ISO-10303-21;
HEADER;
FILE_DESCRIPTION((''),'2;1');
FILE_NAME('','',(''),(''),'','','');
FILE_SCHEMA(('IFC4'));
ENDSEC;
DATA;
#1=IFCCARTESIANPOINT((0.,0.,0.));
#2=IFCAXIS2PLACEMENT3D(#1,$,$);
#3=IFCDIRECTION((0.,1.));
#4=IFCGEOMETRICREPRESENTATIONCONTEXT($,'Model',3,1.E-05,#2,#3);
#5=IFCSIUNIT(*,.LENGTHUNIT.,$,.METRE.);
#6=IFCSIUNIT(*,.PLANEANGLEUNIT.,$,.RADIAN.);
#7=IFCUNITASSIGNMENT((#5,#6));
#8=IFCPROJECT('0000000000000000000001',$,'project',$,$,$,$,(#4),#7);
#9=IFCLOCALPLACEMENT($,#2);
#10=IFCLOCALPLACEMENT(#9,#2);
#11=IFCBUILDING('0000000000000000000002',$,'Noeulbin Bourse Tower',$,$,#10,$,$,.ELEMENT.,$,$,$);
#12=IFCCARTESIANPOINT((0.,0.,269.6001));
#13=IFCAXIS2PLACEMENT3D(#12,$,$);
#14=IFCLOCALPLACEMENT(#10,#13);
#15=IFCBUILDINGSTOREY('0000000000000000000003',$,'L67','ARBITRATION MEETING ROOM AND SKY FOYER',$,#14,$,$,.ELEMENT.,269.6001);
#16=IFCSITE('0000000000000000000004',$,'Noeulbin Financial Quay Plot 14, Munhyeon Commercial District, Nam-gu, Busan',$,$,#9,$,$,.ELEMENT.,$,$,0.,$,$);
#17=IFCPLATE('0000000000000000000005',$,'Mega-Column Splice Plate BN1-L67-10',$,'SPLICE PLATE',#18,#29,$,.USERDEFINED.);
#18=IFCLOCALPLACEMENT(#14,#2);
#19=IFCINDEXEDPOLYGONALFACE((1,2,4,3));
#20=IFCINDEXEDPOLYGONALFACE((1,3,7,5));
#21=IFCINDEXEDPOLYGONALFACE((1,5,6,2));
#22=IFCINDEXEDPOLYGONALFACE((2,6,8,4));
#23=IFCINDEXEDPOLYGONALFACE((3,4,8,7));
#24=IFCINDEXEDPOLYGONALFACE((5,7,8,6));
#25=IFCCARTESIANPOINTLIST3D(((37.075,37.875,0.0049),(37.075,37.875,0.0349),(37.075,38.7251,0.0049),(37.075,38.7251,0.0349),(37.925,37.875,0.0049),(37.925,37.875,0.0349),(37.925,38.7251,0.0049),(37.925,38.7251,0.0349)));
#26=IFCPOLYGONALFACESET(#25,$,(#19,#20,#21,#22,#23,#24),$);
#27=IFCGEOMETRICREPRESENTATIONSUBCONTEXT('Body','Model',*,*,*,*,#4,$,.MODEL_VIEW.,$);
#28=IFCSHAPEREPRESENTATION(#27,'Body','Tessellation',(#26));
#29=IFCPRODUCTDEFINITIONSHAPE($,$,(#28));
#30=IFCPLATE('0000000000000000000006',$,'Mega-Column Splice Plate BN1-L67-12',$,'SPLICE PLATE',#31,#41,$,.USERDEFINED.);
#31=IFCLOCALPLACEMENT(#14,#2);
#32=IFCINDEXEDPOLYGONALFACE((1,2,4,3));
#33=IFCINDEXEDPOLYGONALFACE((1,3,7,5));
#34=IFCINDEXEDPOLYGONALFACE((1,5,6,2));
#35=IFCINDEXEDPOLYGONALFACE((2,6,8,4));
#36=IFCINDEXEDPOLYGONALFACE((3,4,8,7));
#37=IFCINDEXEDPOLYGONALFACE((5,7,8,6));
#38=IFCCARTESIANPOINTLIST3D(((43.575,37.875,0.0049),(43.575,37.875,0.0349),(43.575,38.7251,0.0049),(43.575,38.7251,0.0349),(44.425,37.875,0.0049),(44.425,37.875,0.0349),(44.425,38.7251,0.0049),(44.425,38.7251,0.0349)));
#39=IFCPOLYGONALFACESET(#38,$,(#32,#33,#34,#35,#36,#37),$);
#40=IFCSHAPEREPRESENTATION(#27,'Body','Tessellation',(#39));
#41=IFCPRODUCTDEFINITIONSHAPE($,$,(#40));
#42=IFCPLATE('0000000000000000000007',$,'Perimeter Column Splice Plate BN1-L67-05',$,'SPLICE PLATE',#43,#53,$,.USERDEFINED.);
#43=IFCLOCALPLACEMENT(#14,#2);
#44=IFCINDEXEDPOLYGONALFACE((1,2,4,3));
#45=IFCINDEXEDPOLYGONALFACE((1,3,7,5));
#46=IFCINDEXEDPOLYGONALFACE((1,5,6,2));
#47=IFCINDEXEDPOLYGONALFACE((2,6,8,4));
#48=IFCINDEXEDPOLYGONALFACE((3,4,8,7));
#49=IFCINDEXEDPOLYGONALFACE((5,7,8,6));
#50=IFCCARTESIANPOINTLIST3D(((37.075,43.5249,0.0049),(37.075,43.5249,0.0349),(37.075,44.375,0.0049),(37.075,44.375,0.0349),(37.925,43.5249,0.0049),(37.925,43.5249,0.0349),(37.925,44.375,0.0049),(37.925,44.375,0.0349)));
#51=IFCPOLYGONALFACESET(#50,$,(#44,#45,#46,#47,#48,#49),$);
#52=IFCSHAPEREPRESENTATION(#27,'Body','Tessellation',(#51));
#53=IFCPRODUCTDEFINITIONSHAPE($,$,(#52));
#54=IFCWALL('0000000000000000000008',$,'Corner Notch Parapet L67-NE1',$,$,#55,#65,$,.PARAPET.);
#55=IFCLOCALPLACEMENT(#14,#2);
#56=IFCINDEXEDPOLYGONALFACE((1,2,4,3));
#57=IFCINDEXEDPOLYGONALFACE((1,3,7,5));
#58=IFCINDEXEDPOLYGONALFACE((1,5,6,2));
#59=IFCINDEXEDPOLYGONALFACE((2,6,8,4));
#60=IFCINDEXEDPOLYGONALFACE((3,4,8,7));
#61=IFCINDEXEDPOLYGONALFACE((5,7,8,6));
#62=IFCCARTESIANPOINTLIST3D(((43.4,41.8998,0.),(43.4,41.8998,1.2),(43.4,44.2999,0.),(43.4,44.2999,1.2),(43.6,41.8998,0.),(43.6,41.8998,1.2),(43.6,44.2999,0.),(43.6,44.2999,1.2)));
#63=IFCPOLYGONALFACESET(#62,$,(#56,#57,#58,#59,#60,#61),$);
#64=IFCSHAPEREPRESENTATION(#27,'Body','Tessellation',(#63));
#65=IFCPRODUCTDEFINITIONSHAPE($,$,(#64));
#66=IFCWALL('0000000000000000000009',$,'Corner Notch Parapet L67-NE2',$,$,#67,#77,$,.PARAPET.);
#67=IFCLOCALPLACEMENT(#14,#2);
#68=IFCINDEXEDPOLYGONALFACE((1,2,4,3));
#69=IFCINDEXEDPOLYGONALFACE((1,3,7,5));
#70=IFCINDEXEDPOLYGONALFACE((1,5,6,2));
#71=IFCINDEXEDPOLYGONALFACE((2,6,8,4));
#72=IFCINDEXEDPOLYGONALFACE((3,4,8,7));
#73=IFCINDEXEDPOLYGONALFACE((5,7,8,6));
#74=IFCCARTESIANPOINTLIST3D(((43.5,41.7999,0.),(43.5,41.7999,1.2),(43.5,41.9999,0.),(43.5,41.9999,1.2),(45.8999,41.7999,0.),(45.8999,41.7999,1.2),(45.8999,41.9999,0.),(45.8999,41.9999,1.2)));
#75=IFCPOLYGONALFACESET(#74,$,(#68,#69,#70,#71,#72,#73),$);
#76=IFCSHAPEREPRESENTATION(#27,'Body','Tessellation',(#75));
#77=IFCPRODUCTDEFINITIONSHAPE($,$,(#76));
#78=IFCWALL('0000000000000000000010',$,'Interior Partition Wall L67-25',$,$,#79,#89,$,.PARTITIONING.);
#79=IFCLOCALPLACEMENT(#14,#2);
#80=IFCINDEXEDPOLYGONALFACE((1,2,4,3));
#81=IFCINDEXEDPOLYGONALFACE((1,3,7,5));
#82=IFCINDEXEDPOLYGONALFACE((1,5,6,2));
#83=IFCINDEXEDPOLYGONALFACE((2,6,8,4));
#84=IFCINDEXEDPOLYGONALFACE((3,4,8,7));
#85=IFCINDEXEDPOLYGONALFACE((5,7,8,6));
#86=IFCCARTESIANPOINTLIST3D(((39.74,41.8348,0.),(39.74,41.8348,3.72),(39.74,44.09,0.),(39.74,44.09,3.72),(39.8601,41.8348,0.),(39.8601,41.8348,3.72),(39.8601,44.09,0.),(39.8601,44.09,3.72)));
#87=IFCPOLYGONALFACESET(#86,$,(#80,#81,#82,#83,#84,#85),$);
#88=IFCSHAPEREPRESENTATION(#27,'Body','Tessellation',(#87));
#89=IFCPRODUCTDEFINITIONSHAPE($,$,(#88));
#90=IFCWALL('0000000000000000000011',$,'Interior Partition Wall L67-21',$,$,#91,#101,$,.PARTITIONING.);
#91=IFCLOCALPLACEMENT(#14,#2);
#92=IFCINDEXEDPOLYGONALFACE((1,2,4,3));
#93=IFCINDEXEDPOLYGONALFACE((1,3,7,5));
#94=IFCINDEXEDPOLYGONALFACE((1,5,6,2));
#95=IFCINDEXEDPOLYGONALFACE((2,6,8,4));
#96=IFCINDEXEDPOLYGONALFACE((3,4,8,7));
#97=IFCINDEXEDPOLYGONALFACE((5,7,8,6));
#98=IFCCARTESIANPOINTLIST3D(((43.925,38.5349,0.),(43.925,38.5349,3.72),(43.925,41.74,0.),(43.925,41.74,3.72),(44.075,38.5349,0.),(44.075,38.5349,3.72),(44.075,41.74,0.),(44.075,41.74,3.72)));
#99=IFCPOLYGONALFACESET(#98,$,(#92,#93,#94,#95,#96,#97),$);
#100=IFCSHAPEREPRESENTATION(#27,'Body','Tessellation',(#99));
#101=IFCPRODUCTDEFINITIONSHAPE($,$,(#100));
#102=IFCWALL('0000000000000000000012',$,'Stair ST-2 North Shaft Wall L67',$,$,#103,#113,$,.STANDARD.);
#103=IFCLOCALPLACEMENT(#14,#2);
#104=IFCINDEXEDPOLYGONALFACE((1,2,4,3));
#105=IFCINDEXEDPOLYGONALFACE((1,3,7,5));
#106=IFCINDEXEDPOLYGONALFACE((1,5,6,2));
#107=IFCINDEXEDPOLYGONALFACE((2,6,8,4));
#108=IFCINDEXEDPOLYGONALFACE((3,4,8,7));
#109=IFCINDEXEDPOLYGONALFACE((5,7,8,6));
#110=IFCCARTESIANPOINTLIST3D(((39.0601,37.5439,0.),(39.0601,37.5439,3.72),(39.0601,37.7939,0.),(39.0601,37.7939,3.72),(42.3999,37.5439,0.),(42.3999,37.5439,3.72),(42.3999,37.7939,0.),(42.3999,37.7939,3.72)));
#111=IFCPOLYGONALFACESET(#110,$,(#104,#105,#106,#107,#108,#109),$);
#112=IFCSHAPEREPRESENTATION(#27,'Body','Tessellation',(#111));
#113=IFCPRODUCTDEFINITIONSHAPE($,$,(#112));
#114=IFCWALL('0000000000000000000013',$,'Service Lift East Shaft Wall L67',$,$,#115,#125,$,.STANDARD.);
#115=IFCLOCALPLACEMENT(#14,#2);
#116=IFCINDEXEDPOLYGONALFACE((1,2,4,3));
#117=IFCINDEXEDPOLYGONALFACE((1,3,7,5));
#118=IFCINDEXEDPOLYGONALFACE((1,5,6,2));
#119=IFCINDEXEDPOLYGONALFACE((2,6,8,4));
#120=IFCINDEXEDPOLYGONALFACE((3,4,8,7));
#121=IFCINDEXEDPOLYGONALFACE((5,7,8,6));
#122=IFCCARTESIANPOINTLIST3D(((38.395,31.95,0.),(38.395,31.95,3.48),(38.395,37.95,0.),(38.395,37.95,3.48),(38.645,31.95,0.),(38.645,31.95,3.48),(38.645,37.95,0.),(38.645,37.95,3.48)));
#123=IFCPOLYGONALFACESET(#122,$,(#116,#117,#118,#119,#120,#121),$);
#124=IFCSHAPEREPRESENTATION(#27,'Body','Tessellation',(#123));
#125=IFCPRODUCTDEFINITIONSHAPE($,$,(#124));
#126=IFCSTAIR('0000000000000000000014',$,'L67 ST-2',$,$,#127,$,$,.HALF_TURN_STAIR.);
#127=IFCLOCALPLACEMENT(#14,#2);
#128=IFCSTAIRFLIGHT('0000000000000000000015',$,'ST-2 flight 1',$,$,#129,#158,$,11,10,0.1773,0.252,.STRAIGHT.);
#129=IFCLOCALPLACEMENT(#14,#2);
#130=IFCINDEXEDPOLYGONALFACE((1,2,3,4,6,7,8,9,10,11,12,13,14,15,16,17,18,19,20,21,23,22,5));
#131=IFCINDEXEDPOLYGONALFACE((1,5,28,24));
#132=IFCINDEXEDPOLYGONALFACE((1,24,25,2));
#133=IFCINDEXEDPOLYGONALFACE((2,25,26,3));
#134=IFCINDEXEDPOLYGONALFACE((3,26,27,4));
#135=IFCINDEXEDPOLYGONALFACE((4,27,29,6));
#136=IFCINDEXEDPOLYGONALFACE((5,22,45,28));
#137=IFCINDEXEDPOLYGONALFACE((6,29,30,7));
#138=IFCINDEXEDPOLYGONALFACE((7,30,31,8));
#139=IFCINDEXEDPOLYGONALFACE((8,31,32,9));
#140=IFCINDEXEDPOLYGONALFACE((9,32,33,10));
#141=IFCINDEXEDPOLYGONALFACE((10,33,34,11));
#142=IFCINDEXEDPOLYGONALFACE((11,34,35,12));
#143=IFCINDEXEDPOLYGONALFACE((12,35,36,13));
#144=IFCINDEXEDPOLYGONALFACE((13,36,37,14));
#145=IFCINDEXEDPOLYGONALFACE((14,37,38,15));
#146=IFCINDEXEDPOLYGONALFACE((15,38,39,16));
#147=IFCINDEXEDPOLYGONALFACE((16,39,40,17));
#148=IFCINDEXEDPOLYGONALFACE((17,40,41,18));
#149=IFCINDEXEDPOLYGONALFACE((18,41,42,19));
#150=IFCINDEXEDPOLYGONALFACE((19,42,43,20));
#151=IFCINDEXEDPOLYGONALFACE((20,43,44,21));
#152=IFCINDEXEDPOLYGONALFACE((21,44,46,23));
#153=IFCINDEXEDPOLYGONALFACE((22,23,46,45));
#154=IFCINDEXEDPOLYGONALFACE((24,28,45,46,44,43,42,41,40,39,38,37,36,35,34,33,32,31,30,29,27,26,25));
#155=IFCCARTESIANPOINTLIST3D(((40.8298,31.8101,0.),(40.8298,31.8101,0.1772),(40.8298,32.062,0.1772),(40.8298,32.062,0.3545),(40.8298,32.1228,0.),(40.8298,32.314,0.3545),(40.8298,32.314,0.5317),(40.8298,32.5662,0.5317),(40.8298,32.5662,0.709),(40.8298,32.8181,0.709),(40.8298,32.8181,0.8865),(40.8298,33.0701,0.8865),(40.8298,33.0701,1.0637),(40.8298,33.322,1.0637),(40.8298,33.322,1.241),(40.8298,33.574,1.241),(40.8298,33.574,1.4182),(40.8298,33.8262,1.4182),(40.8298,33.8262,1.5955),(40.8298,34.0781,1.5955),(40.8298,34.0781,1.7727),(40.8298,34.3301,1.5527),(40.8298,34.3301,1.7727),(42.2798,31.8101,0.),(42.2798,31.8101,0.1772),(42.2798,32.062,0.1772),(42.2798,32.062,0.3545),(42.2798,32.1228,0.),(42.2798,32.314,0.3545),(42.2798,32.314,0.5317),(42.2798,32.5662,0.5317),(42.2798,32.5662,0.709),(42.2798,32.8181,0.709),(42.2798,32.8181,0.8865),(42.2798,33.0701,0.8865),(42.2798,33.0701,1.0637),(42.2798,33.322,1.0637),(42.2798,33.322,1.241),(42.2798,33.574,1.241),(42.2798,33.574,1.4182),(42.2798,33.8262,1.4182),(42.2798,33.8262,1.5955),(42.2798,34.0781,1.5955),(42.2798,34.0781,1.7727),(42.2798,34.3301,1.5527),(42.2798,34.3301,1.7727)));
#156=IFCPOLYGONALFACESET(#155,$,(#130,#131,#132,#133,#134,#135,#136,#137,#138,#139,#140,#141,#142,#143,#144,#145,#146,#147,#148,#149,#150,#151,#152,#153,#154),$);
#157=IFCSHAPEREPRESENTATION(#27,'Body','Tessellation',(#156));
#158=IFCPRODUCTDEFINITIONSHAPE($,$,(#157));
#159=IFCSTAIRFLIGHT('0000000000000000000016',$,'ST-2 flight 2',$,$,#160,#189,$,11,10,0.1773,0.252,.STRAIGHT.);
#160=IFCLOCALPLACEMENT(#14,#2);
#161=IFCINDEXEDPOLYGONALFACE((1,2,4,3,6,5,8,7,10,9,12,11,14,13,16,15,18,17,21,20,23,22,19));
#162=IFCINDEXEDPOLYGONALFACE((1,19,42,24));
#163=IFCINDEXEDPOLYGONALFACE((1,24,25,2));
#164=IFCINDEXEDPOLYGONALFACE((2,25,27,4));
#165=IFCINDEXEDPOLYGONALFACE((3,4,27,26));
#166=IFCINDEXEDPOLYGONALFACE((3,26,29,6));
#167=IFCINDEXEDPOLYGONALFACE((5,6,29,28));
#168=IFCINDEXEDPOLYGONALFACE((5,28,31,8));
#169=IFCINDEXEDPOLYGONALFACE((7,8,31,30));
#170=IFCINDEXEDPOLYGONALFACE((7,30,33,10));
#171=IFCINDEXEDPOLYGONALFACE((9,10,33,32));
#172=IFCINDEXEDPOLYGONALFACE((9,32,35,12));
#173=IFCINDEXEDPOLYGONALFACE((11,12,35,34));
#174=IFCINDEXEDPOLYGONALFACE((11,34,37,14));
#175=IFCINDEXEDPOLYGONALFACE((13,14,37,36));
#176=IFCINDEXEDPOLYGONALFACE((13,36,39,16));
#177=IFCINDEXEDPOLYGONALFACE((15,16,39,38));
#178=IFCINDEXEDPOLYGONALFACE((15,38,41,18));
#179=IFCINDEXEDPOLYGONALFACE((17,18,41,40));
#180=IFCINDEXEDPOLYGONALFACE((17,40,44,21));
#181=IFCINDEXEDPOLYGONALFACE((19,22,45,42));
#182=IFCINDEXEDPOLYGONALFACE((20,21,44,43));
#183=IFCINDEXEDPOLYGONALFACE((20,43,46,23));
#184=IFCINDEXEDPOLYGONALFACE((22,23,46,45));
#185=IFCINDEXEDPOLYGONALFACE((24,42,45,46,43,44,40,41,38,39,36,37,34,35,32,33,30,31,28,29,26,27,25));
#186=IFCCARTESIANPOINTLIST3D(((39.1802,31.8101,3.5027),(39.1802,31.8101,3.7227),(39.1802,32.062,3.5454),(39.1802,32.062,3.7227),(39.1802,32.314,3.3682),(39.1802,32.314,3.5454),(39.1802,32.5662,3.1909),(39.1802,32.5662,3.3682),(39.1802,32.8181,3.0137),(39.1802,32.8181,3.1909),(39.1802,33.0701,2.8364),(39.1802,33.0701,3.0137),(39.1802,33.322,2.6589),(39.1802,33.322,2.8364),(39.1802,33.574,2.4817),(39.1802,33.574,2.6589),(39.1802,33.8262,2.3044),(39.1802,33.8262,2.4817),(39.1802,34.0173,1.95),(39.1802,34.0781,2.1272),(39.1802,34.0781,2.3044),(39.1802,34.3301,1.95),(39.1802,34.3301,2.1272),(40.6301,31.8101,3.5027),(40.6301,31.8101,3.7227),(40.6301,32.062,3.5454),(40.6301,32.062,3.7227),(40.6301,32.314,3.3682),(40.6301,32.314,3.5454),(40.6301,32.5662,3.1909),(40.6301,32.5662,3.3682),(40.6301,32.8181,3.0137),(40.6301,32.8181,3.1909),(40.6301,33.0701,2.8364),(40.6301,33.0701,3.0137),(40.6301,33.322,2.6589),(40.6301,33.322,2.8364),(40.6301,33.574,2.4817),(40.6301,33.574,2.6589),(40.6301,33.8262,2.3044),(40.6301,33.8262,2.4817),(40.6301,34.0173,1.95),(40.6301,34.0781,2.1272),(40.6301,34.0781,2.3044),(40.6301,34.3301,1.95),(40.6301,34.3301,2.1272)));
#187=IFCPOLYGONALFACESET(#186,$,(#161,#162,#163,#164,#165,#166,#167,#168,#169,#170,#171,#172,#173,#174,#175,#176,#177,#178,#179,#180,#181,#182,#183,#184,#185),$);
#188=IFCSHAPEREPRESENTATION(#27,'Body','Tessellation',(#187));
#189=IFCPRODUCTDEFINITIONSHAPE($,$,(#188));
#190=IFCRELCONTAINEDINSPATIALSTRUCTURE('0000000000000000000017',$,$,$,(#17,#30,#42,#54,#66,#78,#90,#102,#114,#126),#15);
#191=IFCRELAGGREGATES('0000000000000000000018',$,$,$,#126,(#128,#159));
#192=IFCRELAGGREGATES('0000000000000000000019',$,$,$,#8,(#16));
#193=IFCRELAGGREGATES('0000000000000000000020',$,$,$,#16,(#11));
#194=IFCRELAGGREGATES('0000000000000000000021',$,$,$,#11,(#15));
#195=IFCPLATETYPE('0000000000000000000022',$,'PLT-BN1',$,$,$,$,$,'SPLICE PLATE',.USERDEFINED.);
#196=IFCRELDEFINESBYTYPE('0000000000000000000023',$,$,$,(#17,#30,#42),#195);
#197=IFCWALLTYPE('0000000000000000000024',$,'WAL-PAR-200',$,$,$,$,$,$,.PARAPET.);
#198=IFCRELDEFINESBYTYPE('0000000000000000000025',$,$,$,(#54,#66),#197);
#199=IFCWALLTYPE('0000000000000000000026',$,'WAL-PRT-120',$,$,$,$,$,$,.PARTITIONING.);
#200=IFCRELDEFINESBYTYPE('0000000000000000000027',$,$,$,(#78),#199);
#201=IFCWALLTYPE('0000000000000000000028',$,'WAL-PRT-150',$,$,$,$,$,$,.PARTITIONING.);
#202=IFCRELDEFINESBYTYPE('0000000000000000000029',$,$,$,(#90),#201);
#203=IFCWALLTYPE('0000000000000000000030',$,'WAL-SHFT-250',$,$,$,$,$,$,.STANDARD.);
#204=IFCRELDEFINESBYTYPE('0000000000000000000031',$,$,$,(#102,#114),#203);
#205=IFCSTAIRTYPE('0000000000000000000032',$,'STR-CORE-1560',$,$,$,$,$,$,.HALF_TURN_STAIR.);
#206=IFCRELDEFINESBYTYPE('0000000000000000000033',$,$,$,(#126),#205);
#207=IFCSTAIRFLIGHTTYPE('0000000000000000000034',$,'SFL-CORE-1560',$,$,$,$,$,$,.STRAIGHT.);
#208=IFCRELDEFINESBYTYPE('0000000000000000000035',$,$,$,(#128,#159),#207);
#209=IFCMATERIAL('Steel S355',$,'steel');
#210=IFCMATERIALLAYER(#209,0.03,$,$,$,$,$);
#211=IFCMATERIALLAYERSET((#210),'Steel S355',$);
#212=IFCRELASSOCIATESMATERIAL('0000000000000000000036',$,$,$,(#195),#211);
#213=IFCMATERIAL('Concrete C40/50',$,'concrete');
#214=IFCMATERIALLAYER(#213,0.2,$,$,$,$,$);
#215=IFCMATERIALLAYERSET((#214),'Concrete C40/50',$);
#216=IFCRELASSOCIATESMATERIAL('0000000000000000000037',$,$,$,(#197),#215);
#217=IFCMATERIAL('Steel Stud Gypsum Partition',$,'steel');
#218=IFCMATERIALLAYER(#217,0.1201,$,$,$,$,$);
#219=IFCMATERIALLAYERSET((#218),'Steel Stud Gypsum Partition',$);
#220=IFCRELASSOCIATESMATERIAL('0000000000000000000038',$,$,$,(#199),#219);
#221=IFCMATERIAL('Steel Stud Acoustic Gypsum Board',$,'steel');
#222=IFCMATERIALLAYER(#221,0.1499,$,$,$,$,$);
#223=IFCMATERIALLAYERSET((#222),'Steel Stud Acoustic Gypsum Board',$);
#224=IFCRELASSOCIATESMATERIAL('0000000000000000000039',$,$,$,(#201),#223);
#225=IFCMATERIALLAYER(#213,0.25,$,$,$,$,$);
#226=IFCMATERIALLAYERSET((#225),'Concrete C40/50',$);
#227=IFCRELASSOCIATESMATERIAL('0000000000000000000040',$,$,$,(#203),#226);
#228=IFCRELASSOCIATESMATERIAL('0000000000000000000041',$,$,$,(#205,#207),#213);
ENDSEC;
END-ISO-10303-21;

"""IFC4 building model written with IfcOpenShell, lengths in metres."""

from ifc_helpers import new_model, si_unit, direction, frame, frame_2d, origin, origin_2d, place, context, subcontext, project, spatial, polyline, rectangle, outline, extrude, material, layer, layer_set, type_object, element, aggregate, save


model = new_model("IFC4")

# Units and contexts
model_context = context("Model", 3, precision=1e-05, world=origin(), true_north=direction((0.0, 1.0)))
body_context = subcontext(model_context, "Body", "Model", "MODEL_VIEW")
ifc_project = project(units=[si_unit("LENGTHUNIT", "METRE"), si_unit("PLANEANGLEUNIT", "RADIAN")], contexts=[model_context])

# Site, building, storey
site_placement = place(None, origin())
site = spatial("IfcSite", under=ifc_project, at=site_placement, Name="Noeulbin Financial Quay Plot 14, Munhyeon Commercial District, Nam-gu, Busan", CompositionType="ELEMENT", RefElevation=0.0)
building_placement = place(site_placement, origin())
building = spatial("IfcBuilding", under=site, at=building_placement, Name="Noeulbin Bourse Tower", CompositionType="ELEMENT")
storey_placement = place(building_placement, frame((0.0, 0.0, 269.6001)))
storey = spatial("IfcBuildingStorey", under=building, at=storey_placement, Name="L67", Description="ARBITRATION MEETING ROOM AND SKY FOYER", CompositionType="ELEMENT", Elevation=269.6001)

# Shared definitions
ifc_material_1 = material(Name="Steel S355", Category="steel")

# Plates
ifc_layer_1 = layer(ifc_material_1, 0.03)
ifc_layer_set_1 = layer_set([ifc_layer_1], Name="Steel S355")
plate_type_1 = type_object("IfcPlateType", Name="PLT-BN1", ElementType="SPLICE PLATE", PredefinedType="USERDEFINED", material=ifc_layer_set_1)
for number, where, z_axis, x_axis, name in (
    (1, (37.5, 38.3, 0.0049), (0.0, 0.0, 1.0), (1.0, 0.0, 0.0), "Mega-Column Splice Plate BN1-L67-10"),
    (2, (44.0, 38.3, 0.0049), (0.0, 0.0, 1.0), (1.0, 0.0, 0.0), "Mega-Column Splice Plate BN1-L67-12"),
    (3, (37.5, 43.95, 0.0049), (0.0, 0.0, 1.0), (1.0, 0.0, 0.0), "Perimeter Column Splice Plate BN1-L67-05"),
):
    element("IfcPlate", number, at=place(storey_placement, frame(where, z_axis=z_axis, x_axis=x_axis)), inside=storey, type_object=plate_type_1, Name=name, ObjectType="SPLICE PLATE", PredefinedType="USERDEFINED", context=body_context, shape_type="SweptSolid", body=[
        extrude(rectangle(XDim=0.8501, YDim=0.8501, at=origin_2d()), origin(), (0.0, 0.0, 1.0), 0.03),
    ])

# Walls
ifc_material_2 = material(Name="Concrete C40/50", Category="concrete")
ifc_layer_2 = layer(ifc_material_2, 0.2)
ifc_layer_set_2 = layer_set([ifc_layer_2], Name="Concrete C40/50")
wall_type_1 = type_object("IfcWallType", Name="WAL-PAR-200", PredefinedType="PARAPET", material=ifc_layer_set_2)
wall_1_placement = place(storey_placement, frame((43.5, 44.3, 0.0), z_axis=(0.0, 0.0, 1.0), x_axis=(0.0, -1.0, 0.0)))
element("IfcWall", 4, at=wall_1_placement, inside=storey, type_object=wall_type_1, Name="Corner Notch Parapet L67-NE1", PredefinedType="PARAPET", context=body_context, shape_type="SweptSolid", body=[
    extrude(rectangle(XDim=2.4001, YDim=0.2, at=frame_2d((1.2002, 0.0))), origin(), (0.0, 0.0, 1.0), 1.2),
])
wall_2_placement = place(storey_placement, frame((43.5, 41.8999, 0.0), z_axis=(0.0, 0.0, 1.0), x_axis=(1.0, 0.0, 0.0)))
element("IfcWall", 5, at=wall_2_placement, inside=storey, type_object=wall_type_1, Name="Corner Notch Parapet L67-NE2", PredefinedType="PARAPET", context=body_context, shape_type="SweptSolid", body=[
    extrude(rectangle(XDim=2.3999, YDim=0.2, at=frame_2d((1.2, 0.0))), origin(), (0.0, 0.0, 1.0), 1.2),
])
ifc_material_3 = material(Name="Steel Stud Gypsum Partition", Category="steel")
ifc_layer_3 = layer(ifc_material_3, 0.1201)
ifc_layer_set_3 = layer_set([ifc_layer_3], Name="Steel Stud Gypsum Partition")
wall_type_2 = type_object("IfcWallType", Name="WAL-PRT-120", PredefinedType="PARTITIONING", material=ifc_layer_set_3)
wall_3_placement = place(storey_placement, frame((39.8, 41.835, 0.0), z_axis=(0.0, 0.0, 1.0), x_axis=(0.0, 1.0, 0.0)))
element("IfcWall", 6, at=wall_3_placement, inside=storey, type_object=wall_type_2, Name="Interior Partition Wall L67-25", PredefinedType="PARTITIONING", context=body_context, shape_type="SweptSolid", body=[
    extrude(rectangle(XDim=2.2551, YDim=0.1201, at=frame_2d((1.1274, 0.0))), origin(), (0.0, 0.0, 1.0), 3.72),
])
ifc_material_4 = material(Name="Steel Stud Acoustic Gypsum Board", Category="steel")
ifc_layer_4 = layer(ifc_material_4, 0.1499)
ifc_layer_set_4 = layer_set([ifc_layer_4], Name="Steel Stud Acoustic Gypsum Board")
wall_type_3 = type_object("IfcWallType", Name="WAL-PRT-150", PredefinedType="PARTITIONING", material=ifc_layer_set_4)
wall_4_placement = place(storey_placement, frame((44.0, 38.5349, 0.0), z_axis=(0.0, 0.0, 1.0), x_axis=(0.0, 1.0, 0.0)))
element("IfcWall", 7, at=wall_4_placement, inside=storey, type_object=wall_type_3, Name="Interior Partition Wall L67-21", PredefinedType="PARTITIONING", context=body_context, shape_type="SweptSolid", body=[
    extrude(rectangle(XDim=3.2051, YDim=0.1499, at=frame_2d((1.6025, 0.0))), origin(), (0.0, 0.0, 1.0), 3.72),
])
ifc_layer_5 = layer(ifc_material_2, 0.25)
ifc_layer_set_5 = layer_set([ifc_layer_5], Name="Concrete C40/50")
wall_type_4 = type_object("IfcWallType", Name="WAL-SHFT-250", PredefinedType="STANDARD", material=ifc_layer_set_5)
wall_5_placement = place(storey_placement, frame((39.0601, 37.6689, 0.0), z_axis=(0.0, 0.0, 1.0), x_axis=(1.0, 0.0, 0.0)))
element("IfcWall", 8, at=wall_5_placement, inside=storey, type_object=wall_type_4, Name="Stair ST-2 North Shaft Wall L67", PredefinedType="STANDARD", context=body_context, shape_type="SweptSolid", body=[
    extrude(rectangle(XDim=3.3398, YDim=0.25, at=frame_2d((1.6699, 0.0))), origin(), (0.0, 0.0, 1.0), 3.72),
])
wall_6_placement = place(storey_placement, frame((38.52, 31.95, 0.0), z_axis=(0.0, 0.0, 1.0), x_axis=(0.0, 1.0, 0.0)))
element("IfcWall", 9, at=wall_6_placement, inside=storey, type_object=wall_type_4, Name="Service Lift East Shaft Wall L67", PredefinedType="STANDARD", context=body_context, shape_type="SweptSolid", body=[
    extrude(rectangle(XDim=6.0, YDim=0.25, at=frame_2d((3.0, 0.0))), origin(), (0.0, 0.0, 1.0), 3.48),
])

# Stair, stair flights
stair_type = type_object("IfcStairType", Name="STR-CORE-1560", PredefinedType="HALF_TURN_STAIR", material=ifc_material_2)
stair_placement = place(storey_placement, origin())
stair = element("IfcStair", 10, at=stair_placement, inside=storey, type_object=stair_type, Name="L67 ST-2", PredefinedType="HALF_TURN_STAIR")
stair_flight_type = type_object("IfcStairFlightType", Name="SFL-CORE-1560", PredefinedType="STRAIGHT", material=ifc_material_2)
stair_flight_1_placement = place(storey_placement, frame((41.5549, 31.8101, 0.0), z_axis=(0.0, 0.0, 1.0), x_axis=(0.0, 1.0, 0.0)))
stair_flight_1 = element("IfcStairFlight", 11, at=stair_flight_1_placement, type_object=stair_flight_type, Name="ST-2 flight 1", NumberOfRisers=11, NumberOfTreads=10, PredefinedType="STRAIGHT", RiserHeight=0.1773, TreadLength=0.252, context=body_context, shape_type="SweptSolid", body=[
    extrude(outline(polyline([(0.0, 0.0), (0.0, 0.1772), (0.252, 0.1772), (0.252, 0.3545), (0.5039, 0.3545), (0.5039, 0.5317), (0.7561, 0.5317), (0.7561, 0.709), (1.0081, 0.709), (1.0081, 0.8865), (1.26, 0.8865), (1.26, 1.0637), (1.512, 1.0637), (1.512, 1.241), (1.7639, 1.241), (1.7639, 1.4182), (2.0161, 1.4182), (2.0161, 1.5955), (2.2681, 1.5955), (2.2681, 1.7727), (2.52, 1.7727), (2.52, 1.95), (2.52, 1.5527), (0.3127, 0.0), (0.0, 0.0)])), frame((0.0, 0.7251, 0.0), z_axis=(0.0, -1.0, 0.0), x_axis=(1.0, 0.0, 0.0)), (0.0, 0.0, 1.0), 1.45),
])
stair_flight_2_placement = place(storey_placement, frame((39.905, 34.3301, 1.95), z_axis=(0.0, 0.0, 1.0), x_axis=(0.0, -1.0, 0.0)))
stair_flight_2 = element("IfcStairFlight", 12, at=stair_flight_2_placement, type_object=stair_flight_type, Name="ST-2 flight 2", NumberOfRisers=11, NumberOfTreads=10, PredefinedType="STRAIGHT", RiserHeight=0.1773, TreadLength=0.252, context=body_context, shape_type="SweptSolid", body=[
    extrude(outline(polyline([(0.0, 0.0), (0.0, 0.1772), (0.252, 0.1772), (0.252, 0.3545), (0.5039, 0.3545), (0.5039, 0.5317), (0.7561, 0.5317), (0.7561, 0.709), (1.0081, 0.709), (1.0081, 0.8865), (1.26, 0.8865), (1.26, 1.0637), (1.512, 1.0637), (1.512, 1.241), (1.7639, 1.241), (1.7639, 1.4182), (2.0161, 1.4182), (2.0161, 1.5955), (2.2681, 1.5955), (2.2681, 1.7727), (2.52, 1.7727), (2.52, 1.95), (2.52, 1.5527), (0.3127, 0.0), (0.0, 0.0)])), frame((0.0, 0.7251, 0.0), z_axis=(0.0, -1.0, 0.0), x_axis=(1.0, 0.0, 0.0)), (0.0, 0.0, 1.0), 1.45),
])
aggregate(stair, [stair_flight_1, stair_flight_2])

save(model, "model.ifc")
